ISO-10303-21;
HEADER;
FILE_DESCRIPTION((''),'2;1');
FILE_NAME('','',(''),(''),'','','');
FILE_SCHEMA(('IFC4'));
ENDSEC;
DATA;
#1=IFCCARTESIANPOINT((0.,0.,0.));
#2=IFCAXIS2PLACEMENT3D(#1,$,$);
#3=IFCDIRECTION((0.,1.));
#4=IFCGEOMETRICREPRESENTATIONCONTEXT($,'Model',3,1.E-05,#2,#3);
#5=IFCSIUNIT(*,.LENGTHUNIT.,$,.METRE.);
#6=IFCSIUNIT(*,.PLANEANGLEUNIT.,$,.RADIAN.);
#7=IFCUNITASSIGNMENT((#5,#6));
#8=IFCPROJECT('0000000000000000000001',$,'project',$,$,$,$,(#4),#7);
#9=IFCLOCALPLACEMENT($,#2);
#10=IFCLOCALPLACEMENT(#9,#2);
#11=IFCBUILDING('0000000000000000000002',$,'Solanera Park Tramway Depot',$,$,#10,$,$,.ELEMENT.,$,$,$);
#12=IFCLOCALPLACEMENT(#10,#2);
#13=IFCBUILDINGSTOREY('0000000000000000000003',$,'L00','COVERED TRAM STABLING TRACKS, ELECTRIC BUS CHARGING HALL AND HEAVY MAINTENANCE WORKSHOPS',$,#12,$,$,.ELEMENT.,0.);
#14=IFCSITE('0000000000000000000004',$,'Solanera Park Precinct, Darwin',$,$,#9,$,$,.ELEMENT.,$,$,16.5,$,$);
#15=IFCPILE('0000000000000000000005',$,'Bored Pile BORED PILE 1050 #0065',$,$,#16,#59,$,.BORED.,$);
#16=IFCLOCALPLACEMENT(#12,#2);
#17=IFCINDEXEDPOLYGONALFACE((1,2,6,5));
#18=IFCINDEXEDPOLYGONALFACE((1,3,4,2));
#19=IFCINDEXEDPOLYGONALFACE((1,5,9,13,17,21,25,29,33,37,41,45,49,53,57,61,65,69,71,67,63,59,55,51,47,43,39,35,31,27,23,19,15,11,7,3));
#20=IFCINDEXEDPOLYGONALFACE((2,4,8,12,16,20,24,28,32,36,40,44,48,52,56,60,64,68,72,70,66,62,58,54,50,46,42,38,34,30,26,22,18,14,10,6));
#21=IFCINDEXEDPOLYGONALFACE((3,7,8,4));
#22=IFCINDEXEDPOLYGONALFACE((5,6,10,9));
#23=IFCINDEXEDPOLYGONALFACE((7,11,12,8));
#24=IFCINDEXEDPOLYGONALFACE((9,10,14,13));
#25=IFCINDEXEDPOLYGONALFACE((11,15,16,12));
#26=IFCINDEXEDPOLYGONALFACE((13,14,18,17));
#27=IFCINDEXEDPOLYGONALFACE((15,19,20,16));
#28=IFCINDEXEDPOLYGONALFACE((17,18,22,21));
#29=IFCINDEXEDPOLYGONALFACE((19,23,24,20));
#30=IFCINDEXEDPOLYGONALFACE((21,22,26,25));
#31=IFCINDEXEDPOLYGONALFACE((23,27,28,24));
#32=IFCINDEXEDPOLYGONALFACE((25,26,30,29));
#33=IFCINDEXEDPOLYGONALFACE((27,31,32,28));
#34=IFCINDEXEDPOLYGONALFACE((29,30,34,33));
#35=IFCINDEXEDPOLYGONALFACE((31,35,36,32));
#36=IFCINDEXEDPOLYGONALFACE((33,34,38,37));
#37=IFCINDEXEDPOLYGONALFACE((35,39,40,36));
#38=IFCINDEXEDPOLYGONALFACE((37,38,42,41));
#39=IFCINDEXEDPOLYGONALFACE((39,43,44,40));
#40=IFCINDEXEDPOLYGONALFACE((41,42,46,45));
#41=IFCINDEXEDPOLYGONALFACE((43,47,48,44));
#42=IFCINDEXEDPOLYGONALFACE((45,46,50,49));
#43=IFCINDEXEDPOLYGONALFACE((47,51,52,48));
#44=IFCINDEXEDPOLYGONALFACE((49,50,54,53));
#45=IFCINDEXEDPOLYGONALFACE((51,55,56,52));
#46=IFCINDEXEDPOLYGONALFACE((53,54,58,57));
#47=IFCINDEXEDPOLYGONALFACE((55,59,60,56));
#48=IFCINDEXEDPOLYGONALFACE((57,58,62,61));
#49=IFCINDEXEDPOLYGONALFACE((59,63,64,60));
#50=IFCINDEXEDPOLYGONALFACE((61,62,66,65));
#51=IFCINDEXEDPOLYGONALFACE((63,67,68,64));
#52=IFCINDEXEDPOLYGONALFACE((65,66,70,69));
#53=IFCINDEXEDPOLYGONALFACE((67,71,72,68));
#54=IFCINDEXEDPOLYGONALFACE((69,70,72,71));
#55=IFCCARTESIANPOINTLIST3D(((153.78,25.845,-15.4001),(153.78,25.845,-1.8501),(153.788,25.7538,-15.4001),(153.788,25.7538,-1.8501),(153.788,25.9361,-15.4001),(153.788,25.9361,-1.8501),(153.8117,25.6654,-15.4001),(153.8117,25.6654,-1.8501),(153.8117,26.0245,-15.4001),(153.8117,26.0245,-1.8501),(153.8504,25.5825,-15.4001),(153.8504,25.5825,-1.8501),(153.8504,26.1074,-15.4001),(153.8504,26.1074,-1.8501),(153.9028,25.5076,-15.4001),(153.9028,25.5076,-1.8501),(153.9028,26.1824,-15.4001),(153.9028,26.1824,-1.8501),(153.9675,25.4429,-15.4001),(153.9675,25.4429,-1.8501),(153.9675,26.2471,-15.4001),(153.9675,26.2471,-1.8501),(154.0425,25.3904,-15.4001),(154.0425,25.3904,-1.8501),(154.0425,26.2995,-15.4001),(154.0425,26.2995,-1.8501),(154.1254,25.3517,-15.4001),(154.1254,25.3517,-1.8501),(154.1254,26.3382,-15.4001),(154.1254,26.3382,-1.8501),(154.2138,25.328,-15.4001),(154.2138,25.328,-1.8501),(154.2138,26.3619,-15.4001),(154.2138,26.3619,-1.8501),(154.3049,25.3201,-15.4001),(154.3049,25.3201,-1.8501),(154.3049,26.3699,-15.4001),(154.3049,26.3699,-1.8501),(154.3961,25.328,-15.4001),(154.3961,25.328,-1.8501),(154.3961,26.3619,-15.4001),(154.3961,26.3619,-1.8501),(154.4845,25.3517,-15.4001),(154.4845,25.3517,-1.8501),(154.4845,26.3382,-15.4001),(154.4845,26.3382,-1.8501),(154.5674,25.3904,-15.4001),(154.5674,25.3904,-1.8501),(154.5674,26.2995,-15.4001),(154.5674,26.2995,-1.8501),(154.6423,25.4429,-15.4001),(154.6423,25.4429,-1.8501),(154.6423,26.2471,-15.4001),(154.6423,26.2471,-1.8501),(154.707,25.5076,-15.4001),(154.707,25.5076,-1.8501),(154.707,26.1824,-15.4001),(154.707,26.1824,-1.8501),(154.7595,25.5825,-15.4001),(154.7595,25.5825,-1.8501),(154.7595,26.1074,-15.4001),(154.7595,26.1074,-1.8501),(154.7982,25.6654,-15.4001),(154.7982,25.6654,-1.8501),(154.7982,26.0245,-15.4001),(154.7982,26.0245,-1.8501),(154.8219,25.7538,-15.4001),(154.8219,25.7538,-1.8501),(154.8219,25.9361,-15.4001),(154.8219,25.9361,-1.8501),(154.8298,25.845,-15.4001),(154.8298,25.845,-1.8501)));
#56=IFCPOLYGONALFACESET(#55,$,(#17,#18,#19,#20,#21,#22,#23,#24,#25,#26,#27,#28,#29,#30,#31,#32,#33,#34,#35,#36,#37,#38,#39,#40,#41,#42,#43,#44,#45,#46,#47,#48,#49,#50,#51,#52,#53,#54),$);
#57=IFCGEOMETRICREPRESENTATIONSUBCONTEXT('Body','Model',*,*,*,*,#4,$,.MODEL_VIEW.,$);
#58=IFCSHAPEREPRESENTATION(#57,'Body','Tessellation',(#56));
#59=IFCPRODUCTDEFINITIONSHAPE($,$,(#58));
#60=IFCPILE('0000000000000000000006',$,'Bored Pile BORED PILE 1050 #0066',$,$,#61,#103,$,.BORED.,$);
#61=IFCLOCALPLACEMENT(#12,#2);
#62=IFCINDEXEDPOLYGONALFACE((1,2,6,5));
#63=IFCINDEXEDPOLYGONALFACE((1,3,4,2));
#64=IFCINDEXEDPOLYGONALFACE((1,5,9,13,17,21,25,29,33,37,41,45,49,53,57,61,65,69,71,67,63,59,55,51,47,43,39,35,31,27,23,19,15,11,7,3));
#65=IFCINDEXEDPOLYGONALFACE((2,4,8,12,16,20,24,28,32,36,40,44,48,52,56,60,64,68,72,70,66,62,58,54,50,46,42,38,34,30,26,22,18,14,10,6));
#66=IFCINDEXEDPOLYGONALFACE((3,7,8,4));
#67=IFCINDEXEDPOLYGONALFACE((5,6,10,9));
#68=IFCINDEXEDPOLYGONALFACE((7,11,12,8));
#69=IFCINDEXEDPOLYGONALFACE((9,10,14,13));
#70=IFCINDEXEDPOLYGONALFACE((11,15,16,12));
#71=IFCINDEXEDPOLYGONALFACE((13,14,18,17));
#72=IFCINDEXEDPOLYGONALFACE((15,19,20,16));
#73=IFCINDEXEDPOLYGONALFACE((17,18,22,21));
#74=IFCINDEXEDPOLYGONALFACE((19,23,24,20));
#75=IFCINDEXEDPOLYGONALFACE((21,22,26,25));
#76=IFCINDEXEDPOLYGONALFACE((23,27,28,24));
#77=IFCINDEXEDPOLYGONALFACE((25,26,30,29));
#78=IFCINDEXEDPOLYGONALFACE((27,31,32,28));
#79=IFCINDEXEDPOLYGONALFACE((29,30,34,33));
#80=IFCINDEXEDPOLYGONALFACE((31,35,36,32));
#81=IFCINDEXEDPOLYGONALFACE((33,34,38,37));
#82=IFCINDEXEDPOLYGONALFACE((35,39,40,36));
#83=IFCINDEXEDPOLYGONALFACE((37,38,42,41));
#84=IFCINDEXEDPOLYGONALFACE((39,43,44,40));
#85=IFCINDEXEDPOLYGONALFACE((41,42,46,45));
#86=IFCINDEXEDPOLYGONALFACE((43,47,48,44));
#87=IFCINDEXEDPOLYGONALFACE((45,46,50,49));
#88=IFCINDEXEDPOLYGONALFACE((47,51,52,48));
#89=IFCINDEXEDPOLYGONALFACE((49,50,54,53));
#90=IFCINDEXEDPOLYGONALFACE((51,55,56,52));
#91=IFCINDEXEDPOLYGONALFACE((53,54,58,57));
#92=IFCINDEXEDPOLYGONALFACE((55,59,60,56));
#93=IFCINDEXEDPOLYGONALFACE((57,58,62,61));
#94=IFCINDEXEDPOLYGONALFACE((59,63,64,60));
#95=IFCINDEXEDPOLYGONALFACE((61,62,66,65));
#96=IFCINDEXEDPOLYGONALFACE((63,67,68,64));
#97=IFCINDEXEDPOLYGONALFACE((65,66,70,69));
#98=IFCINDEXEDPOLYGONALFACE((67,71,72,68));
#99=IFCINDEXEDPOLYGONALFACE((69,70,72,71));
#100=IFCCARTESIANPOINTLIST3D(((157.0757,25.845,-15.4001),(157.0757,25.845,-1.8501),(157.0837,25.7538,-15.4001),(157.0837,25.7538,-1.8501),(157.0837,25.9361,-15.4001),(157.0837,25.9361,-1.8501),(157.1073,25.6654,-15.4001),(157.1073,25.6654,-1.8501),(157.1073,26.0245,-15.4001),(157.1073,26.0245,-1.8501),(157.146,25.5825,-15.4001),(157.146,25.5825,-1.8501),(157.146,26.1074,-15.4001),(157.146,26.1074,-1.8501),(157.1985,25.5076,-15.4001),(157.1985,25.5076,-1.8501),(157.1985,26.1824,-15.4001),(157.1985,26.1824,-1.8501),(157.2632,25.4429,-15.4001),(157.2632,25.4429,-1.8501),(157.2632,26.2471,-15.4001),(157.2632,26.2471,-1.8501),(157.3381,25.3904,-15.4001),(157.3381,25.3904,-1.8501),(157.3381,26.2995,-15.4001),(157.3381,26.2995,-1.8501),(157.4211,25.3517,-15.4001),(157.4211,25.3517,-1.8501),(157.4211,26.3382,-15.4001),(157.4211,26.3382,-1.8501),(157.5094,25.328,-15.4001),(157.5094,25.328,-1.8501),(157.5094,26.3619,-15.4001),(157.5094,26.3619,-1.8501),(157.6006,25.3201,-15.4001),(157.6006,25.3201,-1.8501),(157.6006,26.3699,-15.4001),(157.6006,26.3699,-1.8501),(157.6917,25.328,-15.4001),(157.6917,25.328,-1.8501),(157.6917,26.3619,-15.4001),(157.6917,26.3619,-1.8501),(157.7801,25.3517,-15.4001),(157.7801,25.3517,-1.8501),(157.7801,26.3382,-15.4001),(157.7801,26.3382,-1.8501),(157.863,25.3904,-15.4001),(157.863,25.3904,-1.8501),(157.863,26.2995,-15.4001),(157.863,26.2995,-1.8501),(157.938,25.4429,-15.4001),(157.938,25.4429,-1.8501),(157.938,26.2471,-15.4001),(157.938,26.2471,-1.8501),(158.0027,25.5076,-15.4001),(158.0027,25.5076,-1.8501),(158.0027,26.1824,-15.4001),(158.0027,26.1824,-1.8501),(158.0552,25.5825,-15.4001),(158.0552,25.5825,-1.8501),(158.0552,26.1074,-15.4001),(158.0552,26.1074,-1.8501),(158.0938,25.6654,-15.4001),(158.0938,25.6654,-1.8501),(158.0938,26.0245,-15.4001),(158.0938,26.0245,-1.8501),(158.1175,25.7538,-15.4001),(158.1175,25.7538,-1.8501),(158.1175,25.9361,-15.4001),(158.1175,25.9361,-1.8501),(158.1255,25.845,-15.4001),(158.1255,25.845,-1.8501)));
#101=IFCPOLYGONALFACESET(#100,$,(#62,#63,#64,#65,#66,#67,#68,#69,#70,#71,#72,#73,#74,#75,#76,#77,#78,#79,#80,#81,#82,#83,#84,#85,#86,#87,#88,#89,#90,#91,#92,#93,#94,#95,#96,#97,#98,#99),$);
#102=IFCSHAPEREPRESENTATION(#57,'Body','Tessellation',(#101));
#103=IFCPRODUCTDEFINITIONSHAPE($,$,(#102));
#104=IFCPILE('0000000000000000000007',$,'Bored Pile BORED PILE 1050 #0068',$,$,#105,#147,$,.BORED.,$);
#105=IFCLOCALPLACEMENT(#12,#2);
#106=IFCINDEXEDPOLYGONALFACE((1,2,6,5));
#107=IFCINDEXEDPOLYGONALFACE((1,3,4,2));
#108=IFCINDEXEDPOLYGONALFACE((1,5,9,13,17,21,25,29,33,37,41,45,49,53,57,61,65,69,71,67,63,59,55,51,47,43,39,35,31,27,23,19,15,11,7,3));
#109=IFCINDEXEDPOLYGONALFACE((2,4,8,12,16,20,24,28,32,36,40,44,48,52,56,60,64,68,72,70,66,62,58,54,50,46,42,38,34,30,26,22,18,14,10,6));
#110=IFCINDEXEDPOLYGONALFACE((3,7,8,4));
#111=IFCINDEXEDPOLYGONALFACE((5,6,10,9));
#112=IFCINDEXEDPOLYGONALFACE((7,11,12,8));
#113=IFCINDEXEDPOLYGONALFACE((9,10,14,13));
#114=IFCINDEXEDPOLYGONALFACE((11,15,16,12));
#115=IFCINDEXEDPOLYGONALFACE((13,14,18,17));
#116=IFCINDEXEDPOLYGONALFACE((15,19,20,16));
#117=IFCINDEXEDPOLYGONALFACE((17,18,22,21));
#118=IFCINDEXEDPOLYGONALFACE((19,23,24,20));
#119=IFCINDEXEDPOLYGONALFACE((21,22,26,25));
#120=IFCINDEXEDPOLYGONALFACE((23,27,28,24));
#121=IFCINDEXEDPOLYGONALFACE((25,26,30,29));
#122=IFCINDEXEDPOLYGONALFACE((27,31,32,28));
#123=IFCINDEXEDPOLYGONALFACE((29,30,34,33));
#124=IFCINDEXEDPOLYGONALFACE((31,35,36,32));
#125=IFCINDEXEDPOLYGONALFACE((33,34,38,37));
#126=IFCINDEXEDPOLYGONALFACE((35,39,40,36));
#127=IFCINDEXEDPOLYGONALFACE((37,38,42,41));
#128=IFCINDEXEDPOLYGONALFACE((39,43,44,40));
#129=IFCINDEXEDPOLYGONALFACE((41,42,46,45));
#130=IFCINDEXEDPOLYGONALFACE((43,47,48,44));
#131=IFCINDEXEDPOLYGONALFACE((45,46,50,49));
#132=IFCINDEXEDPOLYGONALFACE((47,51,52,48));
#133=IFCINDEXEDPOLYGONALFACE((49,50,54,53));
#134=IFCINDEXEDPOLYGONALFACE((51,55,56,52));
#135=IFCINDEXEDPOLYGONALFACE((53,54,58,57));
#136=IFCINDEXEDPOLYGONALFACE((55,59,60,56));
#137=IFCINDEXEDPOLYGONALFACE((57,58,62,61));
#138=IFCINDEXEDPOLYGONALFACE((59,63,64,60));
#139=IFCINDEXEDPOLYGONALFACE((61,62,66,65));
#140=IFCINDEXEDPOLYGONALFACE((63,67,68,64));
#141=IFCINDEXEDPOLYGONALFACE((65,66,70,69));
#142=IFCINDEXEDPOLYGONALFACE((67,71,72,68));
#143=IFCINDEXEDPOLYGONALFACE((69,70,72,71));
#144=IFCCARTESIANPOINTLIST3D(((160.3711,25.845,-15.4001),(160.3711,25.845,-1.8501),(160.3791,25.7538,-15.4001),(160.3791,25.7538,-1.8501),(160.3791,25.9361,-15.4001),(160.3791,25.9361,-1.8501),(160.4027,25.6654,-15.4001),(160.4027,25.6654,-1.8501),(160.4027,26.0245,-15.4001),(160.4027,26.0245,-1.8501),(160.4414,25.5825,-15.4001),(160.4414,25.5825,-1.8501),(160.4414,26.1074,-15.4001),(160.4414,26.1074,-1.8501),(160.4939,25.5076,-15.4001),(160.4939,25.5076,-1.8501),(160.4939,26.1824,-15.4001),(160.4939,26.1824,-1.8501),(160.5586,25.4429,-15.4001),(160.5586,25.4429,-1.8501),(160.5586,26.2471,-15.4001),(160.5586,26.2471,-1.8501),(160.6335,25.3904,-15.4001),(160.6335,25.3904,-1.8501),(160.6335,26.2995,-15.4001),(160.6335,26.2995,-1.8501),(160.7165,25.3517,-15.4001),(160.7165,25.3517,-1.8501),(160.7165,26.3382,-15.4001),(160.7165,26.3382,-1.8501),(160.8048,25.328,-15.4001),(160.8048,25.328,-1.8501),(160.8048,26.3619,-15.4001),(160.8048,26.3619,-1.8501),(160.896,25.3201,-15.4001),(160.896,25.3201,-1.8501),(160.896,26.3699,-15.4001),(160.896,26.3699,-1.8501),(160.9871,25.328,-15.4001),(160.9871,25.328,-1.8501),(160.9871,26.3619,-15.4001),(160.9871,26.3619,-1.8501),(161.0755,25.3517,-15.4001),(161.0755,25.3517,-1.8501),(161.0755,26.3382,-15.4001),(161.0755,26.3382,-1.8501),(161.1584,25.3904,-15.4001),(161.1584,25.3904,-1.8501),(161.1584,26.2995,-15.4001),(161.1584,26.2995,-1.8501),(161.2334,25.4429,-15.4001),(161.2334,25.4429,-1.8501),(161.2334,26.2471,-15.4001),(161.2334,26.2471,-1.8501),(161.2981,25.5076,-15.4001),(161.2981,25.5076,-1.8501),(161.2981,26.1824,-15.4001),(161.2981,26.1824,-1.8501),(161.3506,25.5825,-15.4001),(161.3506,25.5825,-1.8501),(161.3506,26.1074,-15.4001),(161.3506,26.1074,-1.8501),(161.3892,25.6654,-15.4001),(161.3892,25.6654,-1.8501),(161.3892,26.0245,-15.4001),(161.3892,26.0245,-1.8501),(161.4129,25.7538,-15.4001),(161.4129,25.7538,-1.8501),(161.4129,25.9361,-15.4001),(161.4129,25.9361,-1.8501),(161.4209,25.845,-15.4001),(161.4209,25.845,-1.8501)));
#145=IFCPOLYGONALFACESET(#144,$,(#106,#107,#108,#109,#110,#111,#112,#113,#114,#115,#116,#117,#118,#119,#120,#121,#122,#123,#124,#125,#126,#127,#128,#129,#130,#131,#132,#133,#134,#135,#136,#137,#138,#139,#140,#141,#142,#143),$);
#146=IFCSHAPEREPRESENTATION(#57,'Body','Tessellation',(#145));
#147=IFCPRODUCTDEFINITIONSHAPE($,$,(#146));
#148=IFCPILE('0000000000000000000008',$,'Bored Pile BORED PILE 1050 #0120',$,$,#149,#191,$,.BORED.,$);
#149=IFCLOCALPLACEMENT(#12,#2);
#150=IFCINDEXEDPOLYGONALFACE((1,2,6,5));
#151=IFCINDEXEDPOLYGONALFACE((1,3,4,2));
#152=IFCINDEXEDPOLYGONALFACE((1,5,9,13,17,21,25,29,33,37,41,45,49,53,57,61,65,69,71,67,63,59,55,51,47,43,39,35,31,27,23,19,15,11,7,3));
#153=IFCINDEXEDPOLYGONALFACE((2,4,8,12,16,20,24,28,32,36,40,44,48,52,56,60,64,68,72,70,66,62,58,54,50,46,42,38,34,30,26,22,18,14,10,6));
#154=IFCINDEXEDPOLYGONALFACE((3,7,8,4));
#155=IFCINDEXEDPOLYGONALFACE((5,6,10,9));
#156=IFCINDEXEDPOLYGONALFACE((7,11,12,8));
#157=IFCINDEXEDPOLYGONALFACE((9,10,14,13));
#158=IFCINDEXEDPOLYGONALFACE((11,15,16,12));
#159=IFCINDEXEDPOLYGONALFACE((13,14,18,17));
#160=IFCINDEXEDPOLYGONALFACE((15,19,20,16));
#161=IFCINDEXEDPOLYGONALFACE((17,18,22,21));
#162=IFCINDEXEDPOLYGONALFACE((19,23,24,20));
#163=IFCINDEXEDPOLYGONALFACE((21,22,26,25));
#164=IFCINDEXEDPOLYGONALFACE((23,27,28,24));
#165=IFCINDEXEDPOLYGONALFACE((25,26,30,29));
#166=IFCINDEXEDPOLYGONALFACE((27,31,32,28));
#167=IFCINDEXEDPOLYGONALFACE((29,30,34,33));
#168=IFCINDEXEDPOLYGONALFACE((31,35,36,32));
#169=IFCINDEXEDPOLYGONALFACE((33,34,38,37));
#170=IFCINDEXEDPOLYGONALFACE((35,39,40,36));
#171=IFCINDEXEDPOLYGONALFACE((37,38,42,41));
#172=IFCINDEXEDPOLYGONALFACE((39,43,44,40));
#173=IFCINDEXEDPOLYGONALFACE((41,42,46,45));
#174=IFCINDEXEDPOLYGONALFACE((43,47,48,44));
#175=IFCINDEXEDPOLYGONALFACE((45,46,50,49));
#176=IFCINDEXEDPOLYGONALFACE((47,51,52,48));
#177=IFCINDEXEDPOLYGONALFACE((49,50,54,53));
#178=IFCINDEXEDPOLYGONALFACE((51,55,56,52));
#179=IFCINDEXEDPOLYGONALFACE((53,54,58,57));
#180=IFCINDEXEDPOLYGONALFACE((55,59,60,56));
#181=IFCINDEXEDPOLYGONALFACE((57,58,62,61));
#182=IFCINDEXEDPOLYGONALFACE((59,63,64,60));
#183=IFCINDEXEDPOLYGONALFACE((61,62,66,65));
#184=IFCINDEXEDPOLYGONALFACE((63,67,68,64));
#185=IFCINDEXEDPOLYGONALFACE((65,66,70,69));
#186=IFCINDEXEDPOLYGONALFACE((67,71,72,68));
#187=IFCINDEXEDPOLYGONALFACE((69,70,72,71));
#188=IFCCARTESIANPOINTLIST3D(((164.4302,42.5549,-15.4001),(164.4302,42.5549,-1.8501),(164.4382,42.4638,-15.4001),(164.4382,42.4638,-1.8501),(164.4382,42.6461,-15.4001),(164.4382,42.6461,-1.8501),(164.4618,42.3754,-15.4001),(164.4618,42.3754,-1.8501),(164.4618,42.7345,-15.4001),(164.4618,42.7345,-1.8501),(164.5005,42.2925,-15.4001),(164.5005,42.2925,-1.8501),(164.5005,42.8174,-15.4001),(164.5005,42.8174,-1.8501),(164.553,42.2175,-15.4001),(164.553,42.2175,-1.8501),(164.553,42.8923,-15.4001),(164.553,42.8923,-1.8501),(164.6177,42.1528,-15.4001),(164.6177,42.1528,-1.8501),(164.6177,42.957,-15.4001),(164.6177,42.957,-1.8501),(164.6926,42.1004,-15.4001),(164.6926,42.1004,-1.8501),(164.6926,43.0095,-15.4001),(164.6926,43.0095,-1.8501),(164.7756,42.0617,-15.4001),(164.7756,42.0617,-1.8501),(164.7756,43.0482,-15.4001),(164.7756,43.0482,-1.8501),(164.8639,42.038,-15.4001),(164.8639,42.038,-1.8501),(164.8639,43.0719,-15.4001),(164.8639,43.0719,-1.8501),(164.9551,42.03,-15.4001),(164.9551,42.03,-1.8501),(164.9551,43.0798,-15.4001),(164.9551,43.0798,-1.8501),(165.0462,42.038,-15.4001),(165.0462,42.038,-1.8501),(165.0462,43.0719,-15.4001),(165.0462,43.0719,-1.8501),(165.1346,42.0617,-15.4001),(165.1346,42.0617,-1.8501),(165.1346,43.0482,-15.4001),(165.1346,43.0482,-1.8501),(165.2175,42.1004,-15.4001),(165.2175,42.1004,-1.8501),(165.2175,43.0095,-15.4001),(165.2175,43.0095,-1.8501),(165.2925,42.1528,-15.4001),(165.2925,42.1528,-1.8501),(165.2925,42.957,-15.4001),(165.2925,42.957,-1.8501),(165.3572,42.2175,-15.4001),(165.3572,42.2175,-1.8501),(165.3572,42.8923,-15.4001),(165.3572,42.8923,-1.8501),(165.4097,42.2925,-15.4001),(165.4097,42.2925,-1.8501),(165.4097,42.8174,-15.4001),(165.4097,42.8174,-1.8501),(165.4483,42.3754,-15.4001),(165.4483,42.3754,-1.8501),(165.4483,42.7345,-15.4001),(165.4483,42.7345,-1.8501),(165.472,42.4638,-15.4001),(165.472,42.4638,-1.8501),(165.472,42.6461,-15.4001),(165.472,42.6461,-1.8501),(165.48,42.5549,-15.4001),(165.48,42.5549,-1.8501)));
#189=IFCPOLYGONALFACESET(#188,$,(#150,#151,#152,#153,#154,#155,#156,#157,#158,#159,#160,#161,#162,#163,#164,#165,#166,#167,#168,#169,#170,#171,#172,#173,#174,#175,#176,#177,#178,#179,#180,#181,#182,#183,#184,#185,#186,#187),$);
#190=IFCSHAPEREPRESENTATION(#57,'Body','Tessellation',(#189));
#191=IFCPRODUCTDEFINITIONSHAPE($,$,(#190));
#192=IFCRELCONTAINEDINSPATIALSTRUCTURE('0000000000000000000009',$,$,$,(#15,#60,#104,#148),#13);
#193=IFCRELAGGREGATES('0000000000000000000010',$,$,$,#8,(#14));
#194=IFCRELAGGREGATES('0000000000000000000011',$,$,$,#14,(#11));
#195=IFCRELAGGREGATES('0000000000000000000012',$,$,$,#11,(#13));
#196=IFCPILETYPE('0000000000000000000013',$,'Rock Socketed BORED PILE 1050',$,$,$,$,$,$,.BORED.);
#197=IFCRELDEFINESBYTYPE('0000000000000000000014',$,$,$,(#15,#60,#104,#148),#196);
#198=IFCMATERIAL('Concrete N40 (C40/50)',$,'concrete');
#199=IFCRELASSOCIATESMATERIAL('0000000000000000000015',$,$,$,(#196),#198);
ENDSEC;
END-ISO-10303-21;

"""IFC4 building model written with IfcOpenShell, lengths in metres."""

from ifc_helpers import new_model, si_unit, direction, frame, origin, origin_2d, place, context, subcontext, project, spatial, circle, extrude, material, material_profile, profile_set, type_object, element, save


model = new_model("IFC4")

# Units and contexts
model_context = context("Model", 3, precision=1e-05, world=origin(), true_north=direction((0.0, 1.0)))
body_context = subcontext(model_context, "Body", "Model", "MODEL_VIEW")
ifc_project = project(units=[si_unit("LENGTHUNIT", "METRE"), si_unit("PLANEANGLEUNIT", "RADIAN")], contexts=[model_context])

# Site, building, storey
site_placement = place(None, origin())
site = spatial("IfcSite", under=ifc_project, at=site_placement, Name="Solanera Park Precinct, Darwin", CompositionType="ELEMENT", RefElevation=16.5)
building_placement = place(site_placement, origin())
building = spatial("IfcBuilding", under=site, at=building_placement, Name="Solanera Park Tramway Depot", CompositionType="ELEMENT")
storey_placement = place(building_placement, origin())
storey = spatial("IfcBuildingStorey", under=building, at=storey_placement, Name="L00", Description="COVERED TRAM STABLING TRACKS, ELECTRIC BUS CHARGING HALL AND HEAVY MAINTENANCE WORKSHOPS", CompositionType="ELEMENT", Elevation=0.0)

# Piles
ifc_material_1 = material(Name="Concrete N40 (C40/50)", Category="concrete")
ifc_material_profile_1 = material_profile(ifc_material_1, circle(Radius=0.5249, at=origin_2d()), Name="BORED PILE 1050")
ifc_profile_set_1 = profile_set([ifc_material_profile_1], Name="Concrete N40 (C40/50)")
pile_type_1 = type_object("IfcPileType", Name="Rock Socketed BORED PILE 1050", PredefinedType="BORED", material=ifc_profile_set_1)
for number, where, z_axis, x_axis, name in (
    (1, (154.3049, 25.845, -1.8501), (0.0, 0.0, -1.0), (1.0, 0.0, 0.0), "Bored Pile BORED PILE 1050 #0065"),
    (2, (157.6006, 25.845, -1.8501), (0.0, 0.0, -1.0), (1.0, 0.0, 0.0), "Bored Pile BORED PILE 1050 #0066"),
    (3, (160.896, 25.845, -1.8501), (0.0, 0.0, -1.0), (1.0, 0.0, 0.0), "Bored Pile BORED PILE 1050 #0068"),
    (4, (164.9551, 42.5549, -1.8501), (0.0, 0.0, -1.0), (1.0, 0.0, 0.0), "Bored Pile BORED PILE 1050 #0120"),
):
    element("IfcPile", number, at=place(storey_placement, frame(where, z_axis=z_axis, x_axis=x_axis)), inside=storey, type_object=pile_type_1, Name=name, PredefinedType="BORED", context=body_context, shape_type="SweptSolid", body=[
        extrude(circle(Radius=0.5249, at=origin_2d()), origin(), (0.0, 0.0, 1.0), 13.55),
    ])

save(model, "model.ifc")
